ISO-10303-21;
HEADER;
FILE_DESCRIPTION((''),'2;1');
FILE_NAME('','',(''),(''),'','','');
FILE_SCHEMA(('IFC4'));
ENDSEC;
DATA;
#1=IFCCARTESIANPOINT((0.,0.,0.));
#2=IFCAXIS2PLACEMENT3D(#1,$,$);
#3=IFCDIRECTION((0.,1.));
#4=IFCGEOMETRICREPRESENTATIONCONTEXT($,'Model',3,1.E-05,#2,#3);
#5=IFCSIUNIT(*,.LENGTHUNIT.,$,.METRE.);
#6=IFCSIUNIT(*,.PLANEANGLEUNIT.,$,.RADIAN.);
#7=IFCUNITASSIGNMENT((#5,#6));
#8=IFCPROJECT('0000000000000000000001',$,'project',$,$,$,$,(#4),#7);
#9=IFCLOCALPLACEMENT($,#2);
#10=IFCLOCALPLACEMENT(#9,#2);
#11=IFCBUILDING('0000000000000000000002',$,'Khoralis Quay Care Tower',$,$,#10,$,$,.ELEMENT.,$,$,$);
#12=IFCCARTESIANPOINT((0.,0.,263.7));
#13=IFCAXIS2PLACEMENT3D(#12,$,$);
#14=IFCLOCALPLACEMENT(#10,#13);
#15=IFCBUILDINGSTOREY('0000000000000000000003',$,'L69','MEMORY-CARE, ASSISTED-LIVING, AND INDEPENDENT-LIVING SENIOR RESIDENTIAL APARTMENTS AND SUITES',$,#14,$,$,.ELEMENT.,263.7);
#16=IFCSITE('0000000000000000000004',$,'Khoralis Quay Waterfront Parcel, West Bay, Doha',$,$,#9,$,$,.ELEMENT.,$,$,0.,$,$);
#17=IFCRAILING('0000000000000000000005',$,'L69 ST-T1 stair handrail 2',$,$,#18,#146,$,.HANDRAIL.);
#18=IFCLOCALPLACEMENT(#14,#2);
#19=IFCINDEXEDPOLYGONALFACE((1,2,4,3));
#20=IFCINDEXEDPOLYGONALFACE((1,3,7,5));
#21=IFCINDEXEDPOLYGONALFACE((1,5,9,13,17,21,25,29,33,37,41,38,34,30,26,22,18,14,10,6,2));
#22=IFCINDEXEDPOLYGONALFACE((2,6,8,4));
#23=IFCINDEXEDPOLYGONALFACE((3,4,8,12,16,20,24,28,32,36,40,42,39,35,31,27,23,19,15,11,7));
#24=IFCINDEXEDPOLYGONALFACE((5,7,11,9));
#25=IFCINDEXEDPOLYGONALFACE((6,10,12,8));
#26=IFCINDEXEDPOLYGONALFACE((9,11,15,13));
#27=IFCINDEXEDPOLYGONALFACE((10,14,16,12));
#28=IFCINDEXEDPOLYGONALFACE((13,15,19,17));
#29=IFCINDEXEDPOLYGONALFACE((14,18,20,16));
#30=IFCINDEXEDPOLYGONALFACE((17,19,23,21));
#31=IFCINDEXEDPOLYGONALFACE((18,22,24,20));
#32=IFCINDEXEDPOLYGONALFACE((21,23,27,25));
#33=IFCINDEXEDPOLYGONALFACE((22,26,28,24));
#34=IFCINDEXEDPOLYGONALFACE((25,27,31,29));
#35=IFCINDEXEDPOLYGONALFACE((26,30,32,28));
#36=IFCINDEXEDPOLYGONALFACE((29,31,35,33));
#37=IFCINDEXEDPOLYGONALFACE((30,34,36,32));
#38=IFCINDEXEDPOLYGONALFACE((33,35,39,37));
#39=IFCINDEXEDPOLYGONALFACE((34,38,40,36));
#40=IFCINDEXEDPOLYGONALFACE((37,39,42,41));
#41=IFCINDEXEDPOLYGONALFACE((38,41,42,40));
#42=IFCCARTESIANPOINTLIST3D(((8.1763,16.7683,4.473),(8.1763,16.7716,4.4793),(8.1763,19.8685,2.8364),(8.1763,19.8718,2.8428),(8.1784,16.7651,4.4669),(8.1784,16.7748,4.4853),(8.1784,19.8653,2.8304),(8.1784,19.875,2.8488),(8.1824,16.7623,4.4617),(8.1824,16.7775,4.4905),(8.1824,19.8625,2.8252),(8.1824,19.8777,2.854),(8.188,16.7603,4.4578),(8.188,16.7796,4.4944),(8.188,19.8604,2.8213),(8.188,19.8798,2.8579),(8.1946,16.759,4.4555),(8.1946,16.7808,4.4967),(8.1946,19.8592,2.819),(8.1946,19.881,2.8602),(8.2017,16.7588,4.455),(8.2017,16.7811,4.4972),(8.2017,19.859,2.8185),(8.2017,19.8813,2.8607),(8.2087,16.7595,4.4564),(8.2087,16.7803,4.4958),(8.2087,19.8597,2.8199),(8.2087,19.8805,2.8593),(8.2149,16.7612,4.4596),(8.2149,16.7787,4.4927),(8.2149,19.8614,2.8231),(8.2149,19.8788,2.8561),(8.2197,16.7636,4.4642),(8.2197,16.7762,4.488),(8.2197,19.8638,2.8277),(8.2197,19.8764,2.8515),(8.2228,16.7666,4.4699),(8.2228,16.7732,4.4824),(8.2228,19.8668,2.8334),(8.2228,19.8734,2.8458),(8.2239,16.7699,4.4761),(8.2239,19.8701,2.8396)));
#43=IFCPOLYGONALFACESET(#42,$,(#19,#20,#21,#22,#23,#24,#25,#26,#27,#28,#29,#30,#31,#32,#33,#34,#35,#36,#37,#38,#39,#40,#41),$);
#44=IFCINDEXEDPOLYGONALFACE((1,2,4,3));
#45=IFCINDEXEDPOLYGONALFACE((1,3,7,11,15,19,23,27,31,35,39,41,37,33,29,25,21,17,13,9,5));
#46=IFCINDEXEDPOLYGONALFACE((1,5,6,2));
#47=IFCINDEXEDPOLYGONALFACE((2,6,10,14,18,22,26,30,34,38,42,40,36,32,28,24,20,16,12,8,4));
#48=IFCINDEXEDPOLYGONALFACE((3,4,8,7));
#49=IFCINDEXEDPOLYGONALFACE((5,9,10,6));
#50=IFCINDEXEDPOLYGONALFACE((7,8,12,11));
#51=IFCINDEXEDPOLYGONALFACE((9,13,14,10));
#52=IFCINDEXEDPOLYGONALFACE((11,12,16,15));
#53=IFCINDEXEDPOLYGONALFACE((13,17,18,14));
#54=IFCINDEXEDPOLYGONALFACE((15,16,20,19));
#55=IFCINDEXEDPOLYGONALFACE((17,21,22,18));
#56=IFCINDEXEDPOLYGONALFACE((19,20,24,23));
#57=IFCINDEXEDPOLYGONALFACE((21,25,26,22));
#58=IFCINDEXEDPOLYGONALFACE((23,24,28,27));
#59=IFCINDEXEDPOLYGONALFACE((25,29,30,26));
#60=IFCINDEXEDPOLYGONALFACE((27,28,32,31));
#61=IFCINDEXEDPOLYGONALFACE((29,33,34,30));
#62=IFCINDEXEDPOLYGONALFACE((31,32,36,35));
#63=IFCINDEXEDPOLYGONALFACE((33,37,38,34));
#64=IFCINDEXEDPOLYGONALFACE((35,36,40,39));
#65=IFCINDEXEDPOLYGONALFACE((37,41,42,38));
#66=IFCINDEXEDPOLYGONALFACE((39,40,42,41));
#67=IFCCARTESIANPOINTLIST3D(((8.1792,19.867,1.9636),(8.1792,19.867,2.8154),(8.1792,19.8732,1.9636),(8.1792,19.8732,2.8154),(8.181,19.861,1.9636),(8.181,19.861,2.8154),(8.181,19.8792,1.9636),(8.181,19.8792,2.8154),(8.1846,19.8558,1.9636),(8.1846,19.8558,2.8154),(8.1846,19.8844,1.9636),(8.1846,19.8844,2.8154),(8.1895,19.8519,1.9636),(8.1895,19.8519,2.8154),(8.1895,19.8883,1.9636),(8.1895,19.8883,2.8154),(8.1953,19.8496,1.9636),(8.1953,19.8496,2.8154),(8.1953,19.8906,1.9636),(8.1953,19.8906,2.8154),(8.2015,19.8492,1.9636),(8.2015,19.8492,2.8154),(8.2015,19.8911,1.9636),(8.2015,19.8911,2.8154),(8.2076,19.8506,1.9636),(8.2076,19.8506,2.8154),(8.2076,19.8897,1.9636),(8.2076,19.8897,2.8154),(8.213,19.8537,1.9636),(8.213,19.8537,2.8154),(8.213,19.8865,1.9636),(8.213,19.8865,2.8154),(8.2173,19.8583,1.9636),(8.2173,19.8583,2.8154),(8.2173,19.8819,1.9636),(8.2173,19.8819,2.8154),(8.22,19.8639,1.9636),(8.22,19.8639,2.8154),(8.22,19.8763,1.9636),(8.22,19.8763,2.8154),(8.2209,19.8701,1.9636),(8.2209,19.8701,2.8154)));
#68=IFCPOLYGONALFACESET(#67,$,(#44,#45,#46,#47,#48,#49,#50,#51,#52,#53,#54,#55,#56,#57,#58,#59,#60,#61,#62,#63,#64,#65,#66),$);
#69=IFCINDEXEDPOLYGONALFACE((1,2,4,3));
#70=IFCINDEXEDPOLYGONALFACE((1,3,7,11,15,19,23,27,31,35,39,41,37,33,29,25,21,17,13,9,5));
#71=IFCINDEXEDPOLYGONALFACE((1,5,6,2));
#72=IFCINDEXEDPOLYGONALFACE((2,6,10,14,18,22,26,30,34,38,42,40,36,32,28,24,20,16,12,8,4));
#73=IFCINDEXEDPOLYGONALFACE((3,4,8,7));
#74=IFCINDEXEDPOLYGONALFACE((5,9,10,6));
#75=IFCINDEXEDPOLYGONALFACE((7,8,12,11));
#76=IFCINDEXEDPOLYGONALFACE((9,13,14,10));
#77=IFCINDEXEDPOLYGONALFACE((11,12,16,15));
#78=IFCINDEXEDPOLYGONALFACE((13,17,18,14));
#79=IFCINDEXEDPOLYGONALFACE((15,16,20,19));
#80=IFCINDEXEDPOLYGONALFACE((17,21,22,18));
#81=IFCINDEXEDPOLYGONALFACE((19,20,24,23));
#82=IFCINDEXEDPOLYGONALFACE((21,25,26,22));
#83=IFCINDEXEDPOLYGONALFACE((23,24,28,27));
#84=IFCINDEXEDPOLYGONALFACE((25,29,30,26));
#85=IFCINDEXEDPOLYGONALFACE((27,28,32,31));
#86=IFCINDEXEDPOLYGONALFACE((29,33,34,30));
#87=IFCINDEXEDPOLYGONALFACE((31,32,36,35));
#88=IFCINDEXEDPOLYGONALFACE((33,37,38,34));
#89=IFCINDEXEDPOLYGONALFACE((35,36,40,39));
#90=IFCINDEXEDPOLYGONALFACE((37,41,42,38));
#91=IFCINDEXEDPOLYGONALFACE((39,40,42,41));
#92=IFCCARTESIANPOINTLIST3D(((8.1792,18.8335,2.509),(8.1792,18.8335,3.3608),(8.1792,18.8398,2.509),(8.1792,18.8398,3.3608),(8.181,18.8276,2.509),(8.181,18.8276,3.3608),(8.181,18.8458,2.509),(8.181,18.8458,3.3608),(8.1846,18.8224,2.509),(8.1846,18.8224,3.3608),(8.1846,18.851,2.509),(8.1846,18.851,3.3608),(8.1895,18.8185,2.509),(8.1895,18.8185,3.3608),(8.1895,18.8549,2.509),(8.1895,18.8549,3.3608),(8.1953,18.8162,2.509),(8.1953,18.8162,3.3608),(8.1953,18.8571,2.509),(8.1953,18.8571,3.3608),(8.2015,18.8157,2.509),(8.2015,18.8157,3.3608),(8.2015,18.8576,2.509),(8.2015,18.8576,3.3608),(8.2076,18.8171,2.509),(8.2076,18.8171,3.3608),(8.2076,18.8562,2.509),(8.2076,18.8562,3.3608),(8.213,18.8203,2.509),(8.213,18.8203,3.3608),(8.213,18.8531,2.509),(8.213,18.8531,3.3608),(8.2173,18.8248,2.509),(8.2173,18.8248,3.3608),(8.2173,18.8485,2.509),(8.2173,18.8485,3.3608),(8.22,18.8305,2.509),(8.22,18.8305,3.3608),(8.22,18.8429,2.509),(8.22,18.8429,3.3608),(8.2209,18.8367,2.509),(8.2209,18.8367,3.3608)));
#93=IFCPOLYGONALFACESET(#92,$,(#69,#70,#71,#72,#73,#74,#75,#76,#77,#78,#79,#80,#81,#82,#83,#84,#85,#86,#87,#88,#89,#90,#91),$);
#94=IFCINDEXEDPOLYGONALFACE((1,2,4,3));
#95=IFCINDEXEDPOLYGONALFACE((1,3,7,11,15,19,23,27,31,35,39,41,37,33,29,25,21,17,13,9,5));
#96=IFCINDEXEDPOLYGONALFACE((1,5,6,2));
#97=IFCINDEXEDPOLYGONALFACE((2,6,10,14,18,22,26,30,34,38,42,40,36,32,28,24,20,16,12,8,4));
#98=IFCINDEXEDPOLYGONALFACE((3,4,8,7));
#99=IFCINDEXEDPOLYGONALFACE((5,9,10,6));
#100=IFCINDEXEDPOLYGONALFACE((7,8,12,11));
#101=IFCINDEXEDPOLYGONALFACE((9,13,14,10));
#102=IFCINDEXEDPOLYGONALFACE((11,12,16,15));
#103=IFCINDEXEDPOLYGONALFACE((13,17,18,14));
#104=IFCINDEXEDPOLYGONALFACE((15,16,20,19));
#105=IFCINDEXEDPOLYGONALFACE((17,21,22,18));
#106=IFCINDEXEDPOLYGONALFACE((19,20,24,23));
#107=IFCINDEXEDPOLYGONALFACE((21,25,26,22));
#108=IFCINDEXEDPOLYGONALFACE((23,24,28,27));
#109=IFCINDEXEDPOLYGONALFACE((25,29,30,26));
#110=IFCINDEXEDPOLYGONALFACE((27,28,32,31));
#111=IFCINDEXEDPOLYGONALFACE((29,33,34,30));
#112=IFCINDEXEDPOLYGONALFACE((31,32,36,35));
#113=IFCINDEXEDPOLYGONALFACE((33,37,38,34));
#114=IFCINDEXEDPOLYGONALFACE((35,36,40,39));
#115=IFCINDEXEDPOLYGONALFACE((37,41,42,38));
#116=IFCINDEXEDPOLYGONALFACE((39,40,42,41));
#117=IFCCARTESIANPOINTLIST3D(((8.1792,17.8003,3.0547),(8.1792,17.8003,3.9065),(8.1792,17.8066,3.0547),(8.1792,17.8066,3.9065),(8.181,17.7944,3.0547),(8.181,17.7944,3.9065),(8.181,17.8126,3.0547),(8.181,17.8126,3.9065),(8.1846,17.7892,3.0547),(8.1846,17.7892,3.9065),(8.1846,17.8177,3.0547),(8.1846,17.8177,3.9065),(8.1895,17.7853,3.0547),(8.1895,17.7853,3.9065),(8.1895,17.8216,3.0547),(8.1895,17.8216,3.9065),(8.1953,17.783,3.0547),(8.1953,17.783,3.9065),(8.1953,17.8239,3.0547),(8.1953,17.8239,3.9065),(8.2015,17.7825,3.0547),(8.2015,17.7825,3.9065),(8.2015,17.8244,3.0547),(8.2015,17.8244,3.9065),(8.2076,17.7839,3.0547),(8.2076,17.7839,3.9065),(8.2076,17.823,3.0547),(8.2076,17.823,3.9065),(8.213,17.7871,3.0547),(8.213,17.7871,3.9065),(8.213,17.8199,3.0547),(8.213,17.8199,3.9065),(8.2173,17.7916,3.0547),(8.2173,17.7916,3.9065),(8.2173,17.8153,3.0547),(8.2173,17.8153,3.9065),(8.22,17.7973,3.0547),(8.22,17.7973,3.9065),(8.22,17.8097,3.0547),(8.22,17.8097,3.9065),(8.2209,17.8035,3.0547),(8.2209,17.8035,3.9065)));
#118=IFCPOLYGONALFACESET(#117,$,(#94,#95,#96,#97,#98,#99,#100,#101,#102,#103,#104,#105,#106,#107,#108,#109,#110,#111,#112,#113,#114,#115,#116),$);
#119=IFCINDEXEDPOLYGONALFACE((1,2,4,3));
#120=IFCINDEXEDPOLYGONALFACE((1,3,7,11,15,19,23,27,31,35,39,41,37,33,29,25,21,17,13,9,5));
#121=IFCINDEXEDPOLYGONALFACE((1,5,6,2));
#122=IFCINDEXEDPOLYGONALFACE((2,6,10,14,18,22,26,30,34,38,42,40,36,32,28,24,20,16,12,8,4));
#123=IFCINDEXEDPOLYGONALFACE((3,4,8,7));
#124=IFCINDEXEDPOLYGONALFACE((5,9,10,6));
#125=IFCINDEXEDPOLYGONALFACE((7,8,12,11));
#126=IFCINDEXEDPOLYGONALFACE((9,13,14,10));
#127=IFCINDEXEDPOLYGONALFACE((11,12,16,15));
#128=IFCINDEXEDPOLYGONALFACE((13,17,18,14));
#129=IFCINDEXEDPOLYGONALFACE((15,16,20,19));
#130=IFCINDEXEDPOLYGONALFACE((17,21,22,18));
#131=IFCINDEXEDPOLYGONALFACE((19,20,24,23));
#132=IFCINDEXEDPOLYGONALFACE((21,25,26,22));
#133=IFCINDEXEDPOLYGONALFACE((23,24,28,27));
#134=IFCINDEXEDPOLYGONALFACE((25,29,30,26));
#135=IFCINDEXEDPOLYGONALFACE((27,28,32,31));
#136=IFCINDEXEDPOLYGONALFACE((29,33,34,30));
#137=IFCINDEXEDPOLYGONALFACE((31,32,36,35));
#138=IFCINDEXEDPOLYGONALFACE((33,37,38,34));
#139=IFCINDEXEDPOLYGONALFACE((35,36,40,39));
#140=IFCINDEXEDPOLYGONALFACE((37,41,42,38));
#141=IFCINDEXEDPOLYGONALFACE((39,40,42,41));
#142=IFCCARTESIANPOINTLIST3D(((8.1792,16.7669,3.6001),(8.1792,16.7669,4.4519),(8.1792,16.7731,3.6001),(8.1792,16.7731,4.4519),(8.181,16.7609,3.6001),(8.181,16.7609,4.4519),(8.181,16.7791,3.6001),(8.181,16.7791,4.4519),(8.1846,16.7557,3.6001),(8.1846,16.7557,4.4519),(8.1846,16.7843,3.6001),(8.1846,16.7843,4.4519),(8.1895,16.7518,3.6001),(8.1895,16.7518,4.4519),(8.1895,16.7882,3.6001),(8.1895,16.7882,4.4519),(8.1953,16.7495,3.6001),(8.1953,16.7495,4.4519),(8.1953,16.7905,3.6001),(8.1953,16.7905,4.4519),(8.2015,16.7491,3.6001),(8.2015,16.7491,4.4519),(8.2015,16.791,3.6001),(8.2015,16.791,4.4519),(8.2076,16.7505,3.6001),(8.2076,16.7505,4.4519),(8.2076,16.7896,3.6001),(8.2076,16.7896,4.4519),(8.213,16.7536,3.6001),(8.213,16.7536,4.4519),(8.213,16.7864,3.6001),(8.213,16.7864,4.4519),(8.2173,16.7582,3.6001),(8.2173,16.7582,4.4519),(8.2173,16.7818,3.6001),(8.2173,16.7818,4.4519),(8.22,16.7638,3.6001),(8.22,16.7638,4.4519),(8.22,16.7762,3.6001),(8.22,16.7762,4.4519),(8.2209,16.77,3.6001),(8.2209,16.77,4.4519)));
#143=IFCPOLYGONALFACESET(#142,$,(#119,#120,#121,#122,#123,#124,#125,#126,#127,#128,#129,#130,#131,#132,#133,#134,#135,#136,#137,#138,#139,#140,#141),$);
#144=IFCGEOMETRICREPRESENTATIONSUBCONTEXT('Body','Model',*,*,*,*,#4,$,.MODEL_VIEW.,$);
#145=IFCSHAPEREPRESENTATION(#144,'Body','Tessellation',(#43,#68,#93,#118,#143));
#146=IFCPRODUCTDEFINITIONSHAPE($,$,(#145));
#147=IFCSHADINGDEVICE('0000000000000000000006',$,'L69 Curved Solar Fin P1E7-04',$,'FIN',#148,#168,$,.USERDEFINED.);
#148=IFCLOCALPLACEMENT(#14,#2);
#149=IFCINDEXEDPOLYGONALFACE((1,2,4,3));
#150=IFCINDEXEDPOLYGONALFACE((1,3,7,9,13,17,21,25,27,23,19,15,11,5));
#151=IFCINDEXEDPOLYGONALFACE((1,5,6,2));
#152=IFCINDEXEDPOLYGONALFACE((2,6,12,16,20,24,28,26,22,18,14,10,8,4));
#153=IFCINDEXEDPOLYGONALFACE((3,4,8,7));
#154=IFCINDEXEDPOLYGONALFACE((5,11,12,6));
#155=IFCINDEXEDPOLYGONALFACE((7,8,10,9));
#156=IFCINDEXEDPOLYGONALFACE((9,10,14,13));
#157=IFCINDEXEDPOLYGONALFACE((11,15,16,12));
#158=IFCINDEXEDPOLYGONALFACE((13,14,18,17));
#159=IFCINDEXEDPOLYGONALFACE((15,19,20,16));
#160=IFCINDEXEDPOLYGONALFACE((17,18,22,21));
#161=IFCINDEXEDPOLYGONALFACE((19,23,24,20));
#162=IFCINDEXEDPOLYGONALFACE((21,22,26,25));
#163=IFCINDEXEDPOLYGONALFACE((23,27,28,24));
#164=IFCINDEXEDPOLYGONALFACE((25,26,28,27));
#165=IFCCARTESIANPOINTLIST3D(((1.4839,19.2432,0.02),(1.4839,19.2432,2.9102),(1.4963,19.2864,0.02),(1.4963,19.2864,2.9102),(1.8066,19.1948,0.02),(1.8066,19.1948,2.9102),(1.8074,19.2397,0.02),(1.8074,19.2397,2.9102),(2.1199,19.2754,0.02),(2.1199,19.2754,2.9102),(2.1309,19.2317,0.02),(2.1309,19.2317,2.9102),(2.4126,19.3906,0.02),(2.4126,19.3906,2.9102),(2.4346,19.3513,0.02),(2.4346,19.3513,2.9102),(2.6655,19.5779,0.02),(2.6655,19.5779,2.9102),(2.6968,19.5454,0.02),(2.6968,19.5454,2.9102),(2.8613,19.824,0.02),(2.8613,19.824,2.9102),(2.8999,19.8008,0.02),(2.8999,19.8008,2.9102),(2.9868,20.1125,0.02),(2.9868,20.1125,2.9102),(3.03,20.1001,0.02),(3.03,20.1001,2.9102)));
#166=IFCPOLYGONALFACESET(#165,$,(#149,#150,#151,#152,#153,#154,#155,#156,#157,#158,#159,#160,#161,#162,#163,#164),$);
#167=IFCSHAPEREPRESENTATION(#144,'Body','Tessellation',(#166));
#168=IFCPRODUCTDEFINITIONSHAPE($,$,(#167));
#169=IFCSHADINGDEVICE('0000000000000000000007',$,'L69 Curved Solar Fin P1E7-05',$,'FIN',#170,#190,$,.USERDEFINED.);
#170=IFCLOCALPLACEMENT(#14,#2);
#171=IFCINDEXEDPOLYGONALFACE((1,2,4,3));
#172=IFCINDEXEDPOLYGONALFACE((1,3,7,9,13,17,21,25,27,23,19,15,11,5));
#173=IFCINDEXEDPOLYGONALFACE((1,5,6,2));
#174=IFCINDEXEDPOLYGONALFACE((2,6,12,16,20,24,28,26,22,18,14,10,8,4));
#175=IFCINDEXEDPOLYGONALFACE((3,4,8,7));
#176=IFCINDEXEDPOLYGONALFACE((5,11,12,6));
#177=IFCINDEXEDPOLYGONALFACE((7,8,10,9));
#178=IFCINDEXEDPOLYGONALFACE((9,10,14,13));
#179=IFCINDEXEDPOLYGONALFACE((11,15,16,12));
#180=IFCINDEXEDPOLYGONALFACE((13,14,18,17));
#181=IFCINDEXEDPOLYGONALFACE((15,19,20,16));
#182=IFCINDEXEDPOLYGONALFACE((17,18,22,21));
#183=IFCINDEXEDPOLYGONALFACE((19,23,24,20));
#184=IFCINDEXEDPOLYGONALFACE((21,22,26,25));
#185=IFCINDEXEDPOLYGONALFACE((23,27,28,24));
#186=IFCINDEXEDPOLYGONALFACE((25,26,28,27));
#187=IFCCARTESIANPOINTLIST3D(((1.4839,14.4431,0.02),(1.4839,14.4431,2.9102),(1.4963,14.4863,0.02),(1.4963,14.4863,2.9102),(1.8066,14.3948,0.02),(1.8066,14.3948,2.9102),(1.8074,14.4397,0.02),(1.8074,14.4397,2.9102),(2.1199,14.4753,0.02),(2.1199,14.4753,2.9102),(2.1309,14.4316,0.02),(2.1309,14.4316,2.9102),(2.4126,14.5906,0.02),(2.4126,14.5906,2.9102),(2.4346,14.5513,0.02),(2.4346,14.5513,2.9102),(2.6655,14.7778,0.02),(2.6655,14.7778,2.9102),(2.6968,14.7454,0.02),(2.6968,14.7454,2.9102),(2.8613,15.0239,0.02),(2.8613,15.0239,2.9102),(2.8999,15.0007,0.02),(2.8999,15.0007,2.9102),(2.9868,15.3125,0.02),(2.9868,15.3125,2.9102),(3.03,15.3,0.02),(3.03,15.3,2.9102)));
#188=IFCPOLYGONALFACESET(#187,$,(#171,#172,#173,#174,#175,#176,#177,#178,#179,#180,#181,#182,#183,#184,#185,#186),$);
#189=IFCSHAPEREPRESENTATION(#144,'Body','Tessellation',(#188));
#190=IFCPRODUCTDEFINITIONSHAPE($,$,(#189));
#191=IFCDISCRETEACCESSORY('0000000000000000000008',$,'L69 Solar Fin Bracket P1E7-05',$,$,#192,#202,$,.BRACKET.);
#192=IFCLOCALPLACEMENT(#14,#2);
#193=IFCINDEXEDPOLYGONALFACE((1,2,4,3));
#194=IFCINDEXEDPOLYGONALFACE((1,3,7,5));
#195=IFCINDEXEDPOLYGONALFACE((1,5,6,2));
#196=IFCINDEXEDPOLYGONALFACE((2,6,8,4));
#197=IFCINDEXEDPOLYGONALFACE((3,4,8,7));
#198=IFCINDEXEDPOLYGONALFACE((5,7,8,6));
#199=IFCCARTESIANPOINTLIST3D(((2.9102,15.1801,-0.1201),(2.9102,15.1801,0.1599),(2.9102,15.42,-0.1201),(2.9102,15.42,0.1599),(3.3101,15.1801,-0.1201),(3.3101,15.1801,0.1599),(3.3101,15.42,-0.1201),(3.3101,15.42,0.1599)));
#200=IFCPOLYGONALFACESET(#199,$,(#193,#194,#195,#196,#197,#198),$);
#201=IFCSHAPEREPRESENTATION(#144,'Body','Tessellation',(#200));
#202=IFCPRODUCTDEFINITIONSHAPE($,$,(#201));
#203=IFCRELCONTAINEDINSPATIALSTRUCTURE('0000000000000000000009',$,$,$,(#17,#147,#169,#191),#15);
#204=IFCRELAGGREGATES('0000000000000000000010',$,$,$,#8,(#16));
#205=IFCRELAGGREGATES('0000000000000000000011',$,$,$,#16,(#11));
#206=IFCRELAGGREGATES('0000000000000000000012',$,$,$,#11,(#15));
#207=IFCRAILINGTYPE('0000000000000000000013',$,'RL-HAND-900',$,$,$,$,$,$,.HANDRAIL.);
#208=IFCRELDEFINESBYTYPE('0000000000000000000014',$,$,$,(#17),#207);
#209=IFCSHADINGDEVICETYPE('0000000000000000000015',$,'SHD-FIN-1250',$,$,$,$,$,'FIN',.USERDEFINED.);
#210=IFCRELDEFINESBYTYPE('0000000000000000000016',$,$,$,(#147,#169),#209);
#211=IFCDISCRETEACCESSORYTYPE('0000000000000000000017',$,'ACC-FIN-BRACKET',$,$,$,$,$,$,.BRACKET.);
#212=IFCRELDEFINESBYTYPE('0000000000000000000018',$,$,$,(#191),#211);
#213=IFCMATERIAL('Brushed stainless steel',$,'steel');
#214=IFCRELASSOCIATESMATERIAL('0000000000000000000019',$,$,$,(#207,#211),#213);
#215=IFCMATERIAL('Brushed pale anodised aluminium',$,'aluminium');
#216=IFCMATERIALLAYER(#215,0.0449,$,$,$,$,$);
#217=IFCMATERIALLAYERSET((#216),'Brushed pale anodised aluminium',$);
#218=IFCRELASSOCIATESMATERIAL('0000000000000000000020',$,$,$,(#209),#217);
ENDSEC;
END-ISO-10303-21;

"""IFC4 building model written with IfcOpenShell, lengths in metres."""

from ifc_helpers import new_model, si_unit, direction, frame, origin, origin_2d, place, context, subcontext, project, spatial, polyline, rectangle, circle, outline, extrude, source, transform, mapped, material, layer, layer_set, type_object, element, save


model = new_model("IFC4")

# Units and contexts
model_context = context("Model", 3, precision=1e-05, world=origin(), true_north=direction((0.0, 1.0)))
body_context = subcontext(model_context, "Body", "Model", "MODEL_VIEW")
ifc_project = project(units=[si_unit("LENGTHUNIT", "METRE"), si_unit("PLANEANGLEUNIT", "RADIAN")], contexts=[model_context])

# Site, building, storey
site_placement = place(None, origin())
site = spatial("IfcSite", under=ifc_project, at=site_placement, Name="Khoralis Quay Waterfront Parcel, West Bay, Doha", CompositionType="ELEMENT", RefElevation=0.0)
building_placement = place(site_placement, origin())
building = spatial("IfcBuilding", under=site, at=building_placement, Name="Khoralis Quay Care Tower", CompositionType="ELEMENT")
storey_placement = place(building_placement, frame((0.0, 0.0, 263.7)))
storey = spatial("IfcBuildingStorey", under=building, at=storey_placement, Name="L69", Description="MEMORY-CARE, ASSISTED-LIVING, AND INDEPENDENT-LIVING SENIOR RESIDENTIAL APARTMENTS AND SUITES", CompositionType="ELEMENT", Elevation=263.7)

# Shared definitions
ifc_material_1 = material(Name="Brushed stainless steel", Category="steel")

# Railing
railing_type_1 = type_object("IfcRailingType", Name="RL-HAND-900", PredefinedType="HANDRAIL", material=ifc_material_1)
railing_1_placement = place(storey_placement, frame((8.2, 19.8701, 1.9636)))
element("IfcRailing", 1, at=railing_1_placement, inside=storey, type_object=railing_type_1, Name="L69 ST-T1 stair handrail 2", PredefinedType="HANDRAIL", context=body_context, shape_type="SweptSolid", body=[
    extrude(circle(Radius=0.0239, at=origin_2d()), frame((0.0, 0.0, 0.876), z_axis=(0.0, -0.884348, 0.466828), x_axis=(1.0, 0.0, 0.0)), (0.0, 0.0, 1.0), 3.5056),
    extrude(circle(Radius=0.021, at=origin_2d()), origin(), (0.0, 0.0, 1.0), 0.8518),
    extrude(circle(Radius=0.021, at=origin_2d()), frame((0.0, -1.0334, 0.5454)), (0.0, 0.0, 1.0), 0.8518),
    extrude(circle(Radius=0.021, at=origin_2d()), frame((0.0, -2.0667, 1.0911)), (0.0, 0.0, 1.0), 0.8518),
    extrude(circle(Radius=0.021, at=origin_2d()), frame((0.0, -3.1001, 1.6365)), (0.0, 0.0, 1.0), 0.8518),
])

# Shading devices
ifc_material_2 = material(Name="Brushed pale anodised aluminium", Category="aluminium")
ifc_layer_1 = layer(ifc_material_2, 0.0449)
ifc_layer_set_1 = layer_set([ifc_layer_1], Name="Brushed pale anodised aluminium")
shading_device_type = type_object("IfcShadingDeviceType", Name="SHD-FIN-1250", ElementType="FIN", PredefinedType="USERDEFINED", material=ifc_layer_set_1)
shared_shape_1 = source(origin(), body_context, "Body", "SweptSolid", [
    extrude(outline(polyline([(0.0, 0.0), (0.1301, 0.2993), (0.3333, 0.5547), (0.5955, 0.7488), (0.8992, 0.8684), (1.2234, 0.9053), (1.5461, 0.8569), (1.5337, 0.8137), (1.2227, 0.8604), (0.9102, 0.8247), (0.6174, 0.7095), (0.3645, 0.5222), (0.1687, 0.2761), (0.0432, -0.0125), (0.0, 0.0)])), origin(), (0.0, 0.0, 1.0), 2.8901),
])
for number, where, z_axis, x_axis, name in (
    (2, (3.03, 20.1001, 0.02), (0.0, 0.0, 1.0), (-1.0, 0.0, 0.0), "L69 Curved Solar Fin P1E7-04"),
    (3, (3.03, 15.3, 0.02), (0.0, 0.0, 1.0), (-1.0, 0.0, 0.0), "L69 Curved Solar Fin P1E7-05"),
):
    element("IfcShadingDevice", number, at=place(storey_placement, frame(where, z_axis=z_axis, x_axis=x_axis)), inside=storey, type_object=shading_device_type, Name=name, ObjectType="FIN", PredefinedType="USERDEFINED", context=body_context, shape_type="MappedRepresentation", body=[
        mapped(shared_shape_1, transform((0.0, 0.0, 0.0), scale=1.0)),
    ])

# Discrete accessory
discrete_accessory_type = type_object("IfcDiscreteAccessoryType", Name="ACC-FIN-BRACKET", PredefinedType="BRACKET", material=ifc_material_1)
shared_shape_2 = source(origin(), body_context, "Body", "SweptSolid", [
    extrude(rectangle(XDim=0.3999, YDim=0.24, at=origin_2d()), origin(), (0.0, 0.0, 1.0), 0.28),
])
discrete_accessory_placement = place(storey_placement, frame((3.1101, 15.3, -0.1201), z_axis=(0.0, 0.0, 1.0), x_axis=(-1.0, 0.0, 0.0)))
element("IfcDiscreteAccessory", 4, at=discrete_accessory_placement, inside=storey, type_object=discrete_accessory_type, Name="L69 Solar Fin Bracket P1E7-05", PredefinedType="BRACKET", context=body_context, shape_type="MappedRepresentation", body=[
    mapped(shared_shape_2, transform((0.0, 0.0, 0.0), scale=1.0)),
])

save(model, "model.ifc")
